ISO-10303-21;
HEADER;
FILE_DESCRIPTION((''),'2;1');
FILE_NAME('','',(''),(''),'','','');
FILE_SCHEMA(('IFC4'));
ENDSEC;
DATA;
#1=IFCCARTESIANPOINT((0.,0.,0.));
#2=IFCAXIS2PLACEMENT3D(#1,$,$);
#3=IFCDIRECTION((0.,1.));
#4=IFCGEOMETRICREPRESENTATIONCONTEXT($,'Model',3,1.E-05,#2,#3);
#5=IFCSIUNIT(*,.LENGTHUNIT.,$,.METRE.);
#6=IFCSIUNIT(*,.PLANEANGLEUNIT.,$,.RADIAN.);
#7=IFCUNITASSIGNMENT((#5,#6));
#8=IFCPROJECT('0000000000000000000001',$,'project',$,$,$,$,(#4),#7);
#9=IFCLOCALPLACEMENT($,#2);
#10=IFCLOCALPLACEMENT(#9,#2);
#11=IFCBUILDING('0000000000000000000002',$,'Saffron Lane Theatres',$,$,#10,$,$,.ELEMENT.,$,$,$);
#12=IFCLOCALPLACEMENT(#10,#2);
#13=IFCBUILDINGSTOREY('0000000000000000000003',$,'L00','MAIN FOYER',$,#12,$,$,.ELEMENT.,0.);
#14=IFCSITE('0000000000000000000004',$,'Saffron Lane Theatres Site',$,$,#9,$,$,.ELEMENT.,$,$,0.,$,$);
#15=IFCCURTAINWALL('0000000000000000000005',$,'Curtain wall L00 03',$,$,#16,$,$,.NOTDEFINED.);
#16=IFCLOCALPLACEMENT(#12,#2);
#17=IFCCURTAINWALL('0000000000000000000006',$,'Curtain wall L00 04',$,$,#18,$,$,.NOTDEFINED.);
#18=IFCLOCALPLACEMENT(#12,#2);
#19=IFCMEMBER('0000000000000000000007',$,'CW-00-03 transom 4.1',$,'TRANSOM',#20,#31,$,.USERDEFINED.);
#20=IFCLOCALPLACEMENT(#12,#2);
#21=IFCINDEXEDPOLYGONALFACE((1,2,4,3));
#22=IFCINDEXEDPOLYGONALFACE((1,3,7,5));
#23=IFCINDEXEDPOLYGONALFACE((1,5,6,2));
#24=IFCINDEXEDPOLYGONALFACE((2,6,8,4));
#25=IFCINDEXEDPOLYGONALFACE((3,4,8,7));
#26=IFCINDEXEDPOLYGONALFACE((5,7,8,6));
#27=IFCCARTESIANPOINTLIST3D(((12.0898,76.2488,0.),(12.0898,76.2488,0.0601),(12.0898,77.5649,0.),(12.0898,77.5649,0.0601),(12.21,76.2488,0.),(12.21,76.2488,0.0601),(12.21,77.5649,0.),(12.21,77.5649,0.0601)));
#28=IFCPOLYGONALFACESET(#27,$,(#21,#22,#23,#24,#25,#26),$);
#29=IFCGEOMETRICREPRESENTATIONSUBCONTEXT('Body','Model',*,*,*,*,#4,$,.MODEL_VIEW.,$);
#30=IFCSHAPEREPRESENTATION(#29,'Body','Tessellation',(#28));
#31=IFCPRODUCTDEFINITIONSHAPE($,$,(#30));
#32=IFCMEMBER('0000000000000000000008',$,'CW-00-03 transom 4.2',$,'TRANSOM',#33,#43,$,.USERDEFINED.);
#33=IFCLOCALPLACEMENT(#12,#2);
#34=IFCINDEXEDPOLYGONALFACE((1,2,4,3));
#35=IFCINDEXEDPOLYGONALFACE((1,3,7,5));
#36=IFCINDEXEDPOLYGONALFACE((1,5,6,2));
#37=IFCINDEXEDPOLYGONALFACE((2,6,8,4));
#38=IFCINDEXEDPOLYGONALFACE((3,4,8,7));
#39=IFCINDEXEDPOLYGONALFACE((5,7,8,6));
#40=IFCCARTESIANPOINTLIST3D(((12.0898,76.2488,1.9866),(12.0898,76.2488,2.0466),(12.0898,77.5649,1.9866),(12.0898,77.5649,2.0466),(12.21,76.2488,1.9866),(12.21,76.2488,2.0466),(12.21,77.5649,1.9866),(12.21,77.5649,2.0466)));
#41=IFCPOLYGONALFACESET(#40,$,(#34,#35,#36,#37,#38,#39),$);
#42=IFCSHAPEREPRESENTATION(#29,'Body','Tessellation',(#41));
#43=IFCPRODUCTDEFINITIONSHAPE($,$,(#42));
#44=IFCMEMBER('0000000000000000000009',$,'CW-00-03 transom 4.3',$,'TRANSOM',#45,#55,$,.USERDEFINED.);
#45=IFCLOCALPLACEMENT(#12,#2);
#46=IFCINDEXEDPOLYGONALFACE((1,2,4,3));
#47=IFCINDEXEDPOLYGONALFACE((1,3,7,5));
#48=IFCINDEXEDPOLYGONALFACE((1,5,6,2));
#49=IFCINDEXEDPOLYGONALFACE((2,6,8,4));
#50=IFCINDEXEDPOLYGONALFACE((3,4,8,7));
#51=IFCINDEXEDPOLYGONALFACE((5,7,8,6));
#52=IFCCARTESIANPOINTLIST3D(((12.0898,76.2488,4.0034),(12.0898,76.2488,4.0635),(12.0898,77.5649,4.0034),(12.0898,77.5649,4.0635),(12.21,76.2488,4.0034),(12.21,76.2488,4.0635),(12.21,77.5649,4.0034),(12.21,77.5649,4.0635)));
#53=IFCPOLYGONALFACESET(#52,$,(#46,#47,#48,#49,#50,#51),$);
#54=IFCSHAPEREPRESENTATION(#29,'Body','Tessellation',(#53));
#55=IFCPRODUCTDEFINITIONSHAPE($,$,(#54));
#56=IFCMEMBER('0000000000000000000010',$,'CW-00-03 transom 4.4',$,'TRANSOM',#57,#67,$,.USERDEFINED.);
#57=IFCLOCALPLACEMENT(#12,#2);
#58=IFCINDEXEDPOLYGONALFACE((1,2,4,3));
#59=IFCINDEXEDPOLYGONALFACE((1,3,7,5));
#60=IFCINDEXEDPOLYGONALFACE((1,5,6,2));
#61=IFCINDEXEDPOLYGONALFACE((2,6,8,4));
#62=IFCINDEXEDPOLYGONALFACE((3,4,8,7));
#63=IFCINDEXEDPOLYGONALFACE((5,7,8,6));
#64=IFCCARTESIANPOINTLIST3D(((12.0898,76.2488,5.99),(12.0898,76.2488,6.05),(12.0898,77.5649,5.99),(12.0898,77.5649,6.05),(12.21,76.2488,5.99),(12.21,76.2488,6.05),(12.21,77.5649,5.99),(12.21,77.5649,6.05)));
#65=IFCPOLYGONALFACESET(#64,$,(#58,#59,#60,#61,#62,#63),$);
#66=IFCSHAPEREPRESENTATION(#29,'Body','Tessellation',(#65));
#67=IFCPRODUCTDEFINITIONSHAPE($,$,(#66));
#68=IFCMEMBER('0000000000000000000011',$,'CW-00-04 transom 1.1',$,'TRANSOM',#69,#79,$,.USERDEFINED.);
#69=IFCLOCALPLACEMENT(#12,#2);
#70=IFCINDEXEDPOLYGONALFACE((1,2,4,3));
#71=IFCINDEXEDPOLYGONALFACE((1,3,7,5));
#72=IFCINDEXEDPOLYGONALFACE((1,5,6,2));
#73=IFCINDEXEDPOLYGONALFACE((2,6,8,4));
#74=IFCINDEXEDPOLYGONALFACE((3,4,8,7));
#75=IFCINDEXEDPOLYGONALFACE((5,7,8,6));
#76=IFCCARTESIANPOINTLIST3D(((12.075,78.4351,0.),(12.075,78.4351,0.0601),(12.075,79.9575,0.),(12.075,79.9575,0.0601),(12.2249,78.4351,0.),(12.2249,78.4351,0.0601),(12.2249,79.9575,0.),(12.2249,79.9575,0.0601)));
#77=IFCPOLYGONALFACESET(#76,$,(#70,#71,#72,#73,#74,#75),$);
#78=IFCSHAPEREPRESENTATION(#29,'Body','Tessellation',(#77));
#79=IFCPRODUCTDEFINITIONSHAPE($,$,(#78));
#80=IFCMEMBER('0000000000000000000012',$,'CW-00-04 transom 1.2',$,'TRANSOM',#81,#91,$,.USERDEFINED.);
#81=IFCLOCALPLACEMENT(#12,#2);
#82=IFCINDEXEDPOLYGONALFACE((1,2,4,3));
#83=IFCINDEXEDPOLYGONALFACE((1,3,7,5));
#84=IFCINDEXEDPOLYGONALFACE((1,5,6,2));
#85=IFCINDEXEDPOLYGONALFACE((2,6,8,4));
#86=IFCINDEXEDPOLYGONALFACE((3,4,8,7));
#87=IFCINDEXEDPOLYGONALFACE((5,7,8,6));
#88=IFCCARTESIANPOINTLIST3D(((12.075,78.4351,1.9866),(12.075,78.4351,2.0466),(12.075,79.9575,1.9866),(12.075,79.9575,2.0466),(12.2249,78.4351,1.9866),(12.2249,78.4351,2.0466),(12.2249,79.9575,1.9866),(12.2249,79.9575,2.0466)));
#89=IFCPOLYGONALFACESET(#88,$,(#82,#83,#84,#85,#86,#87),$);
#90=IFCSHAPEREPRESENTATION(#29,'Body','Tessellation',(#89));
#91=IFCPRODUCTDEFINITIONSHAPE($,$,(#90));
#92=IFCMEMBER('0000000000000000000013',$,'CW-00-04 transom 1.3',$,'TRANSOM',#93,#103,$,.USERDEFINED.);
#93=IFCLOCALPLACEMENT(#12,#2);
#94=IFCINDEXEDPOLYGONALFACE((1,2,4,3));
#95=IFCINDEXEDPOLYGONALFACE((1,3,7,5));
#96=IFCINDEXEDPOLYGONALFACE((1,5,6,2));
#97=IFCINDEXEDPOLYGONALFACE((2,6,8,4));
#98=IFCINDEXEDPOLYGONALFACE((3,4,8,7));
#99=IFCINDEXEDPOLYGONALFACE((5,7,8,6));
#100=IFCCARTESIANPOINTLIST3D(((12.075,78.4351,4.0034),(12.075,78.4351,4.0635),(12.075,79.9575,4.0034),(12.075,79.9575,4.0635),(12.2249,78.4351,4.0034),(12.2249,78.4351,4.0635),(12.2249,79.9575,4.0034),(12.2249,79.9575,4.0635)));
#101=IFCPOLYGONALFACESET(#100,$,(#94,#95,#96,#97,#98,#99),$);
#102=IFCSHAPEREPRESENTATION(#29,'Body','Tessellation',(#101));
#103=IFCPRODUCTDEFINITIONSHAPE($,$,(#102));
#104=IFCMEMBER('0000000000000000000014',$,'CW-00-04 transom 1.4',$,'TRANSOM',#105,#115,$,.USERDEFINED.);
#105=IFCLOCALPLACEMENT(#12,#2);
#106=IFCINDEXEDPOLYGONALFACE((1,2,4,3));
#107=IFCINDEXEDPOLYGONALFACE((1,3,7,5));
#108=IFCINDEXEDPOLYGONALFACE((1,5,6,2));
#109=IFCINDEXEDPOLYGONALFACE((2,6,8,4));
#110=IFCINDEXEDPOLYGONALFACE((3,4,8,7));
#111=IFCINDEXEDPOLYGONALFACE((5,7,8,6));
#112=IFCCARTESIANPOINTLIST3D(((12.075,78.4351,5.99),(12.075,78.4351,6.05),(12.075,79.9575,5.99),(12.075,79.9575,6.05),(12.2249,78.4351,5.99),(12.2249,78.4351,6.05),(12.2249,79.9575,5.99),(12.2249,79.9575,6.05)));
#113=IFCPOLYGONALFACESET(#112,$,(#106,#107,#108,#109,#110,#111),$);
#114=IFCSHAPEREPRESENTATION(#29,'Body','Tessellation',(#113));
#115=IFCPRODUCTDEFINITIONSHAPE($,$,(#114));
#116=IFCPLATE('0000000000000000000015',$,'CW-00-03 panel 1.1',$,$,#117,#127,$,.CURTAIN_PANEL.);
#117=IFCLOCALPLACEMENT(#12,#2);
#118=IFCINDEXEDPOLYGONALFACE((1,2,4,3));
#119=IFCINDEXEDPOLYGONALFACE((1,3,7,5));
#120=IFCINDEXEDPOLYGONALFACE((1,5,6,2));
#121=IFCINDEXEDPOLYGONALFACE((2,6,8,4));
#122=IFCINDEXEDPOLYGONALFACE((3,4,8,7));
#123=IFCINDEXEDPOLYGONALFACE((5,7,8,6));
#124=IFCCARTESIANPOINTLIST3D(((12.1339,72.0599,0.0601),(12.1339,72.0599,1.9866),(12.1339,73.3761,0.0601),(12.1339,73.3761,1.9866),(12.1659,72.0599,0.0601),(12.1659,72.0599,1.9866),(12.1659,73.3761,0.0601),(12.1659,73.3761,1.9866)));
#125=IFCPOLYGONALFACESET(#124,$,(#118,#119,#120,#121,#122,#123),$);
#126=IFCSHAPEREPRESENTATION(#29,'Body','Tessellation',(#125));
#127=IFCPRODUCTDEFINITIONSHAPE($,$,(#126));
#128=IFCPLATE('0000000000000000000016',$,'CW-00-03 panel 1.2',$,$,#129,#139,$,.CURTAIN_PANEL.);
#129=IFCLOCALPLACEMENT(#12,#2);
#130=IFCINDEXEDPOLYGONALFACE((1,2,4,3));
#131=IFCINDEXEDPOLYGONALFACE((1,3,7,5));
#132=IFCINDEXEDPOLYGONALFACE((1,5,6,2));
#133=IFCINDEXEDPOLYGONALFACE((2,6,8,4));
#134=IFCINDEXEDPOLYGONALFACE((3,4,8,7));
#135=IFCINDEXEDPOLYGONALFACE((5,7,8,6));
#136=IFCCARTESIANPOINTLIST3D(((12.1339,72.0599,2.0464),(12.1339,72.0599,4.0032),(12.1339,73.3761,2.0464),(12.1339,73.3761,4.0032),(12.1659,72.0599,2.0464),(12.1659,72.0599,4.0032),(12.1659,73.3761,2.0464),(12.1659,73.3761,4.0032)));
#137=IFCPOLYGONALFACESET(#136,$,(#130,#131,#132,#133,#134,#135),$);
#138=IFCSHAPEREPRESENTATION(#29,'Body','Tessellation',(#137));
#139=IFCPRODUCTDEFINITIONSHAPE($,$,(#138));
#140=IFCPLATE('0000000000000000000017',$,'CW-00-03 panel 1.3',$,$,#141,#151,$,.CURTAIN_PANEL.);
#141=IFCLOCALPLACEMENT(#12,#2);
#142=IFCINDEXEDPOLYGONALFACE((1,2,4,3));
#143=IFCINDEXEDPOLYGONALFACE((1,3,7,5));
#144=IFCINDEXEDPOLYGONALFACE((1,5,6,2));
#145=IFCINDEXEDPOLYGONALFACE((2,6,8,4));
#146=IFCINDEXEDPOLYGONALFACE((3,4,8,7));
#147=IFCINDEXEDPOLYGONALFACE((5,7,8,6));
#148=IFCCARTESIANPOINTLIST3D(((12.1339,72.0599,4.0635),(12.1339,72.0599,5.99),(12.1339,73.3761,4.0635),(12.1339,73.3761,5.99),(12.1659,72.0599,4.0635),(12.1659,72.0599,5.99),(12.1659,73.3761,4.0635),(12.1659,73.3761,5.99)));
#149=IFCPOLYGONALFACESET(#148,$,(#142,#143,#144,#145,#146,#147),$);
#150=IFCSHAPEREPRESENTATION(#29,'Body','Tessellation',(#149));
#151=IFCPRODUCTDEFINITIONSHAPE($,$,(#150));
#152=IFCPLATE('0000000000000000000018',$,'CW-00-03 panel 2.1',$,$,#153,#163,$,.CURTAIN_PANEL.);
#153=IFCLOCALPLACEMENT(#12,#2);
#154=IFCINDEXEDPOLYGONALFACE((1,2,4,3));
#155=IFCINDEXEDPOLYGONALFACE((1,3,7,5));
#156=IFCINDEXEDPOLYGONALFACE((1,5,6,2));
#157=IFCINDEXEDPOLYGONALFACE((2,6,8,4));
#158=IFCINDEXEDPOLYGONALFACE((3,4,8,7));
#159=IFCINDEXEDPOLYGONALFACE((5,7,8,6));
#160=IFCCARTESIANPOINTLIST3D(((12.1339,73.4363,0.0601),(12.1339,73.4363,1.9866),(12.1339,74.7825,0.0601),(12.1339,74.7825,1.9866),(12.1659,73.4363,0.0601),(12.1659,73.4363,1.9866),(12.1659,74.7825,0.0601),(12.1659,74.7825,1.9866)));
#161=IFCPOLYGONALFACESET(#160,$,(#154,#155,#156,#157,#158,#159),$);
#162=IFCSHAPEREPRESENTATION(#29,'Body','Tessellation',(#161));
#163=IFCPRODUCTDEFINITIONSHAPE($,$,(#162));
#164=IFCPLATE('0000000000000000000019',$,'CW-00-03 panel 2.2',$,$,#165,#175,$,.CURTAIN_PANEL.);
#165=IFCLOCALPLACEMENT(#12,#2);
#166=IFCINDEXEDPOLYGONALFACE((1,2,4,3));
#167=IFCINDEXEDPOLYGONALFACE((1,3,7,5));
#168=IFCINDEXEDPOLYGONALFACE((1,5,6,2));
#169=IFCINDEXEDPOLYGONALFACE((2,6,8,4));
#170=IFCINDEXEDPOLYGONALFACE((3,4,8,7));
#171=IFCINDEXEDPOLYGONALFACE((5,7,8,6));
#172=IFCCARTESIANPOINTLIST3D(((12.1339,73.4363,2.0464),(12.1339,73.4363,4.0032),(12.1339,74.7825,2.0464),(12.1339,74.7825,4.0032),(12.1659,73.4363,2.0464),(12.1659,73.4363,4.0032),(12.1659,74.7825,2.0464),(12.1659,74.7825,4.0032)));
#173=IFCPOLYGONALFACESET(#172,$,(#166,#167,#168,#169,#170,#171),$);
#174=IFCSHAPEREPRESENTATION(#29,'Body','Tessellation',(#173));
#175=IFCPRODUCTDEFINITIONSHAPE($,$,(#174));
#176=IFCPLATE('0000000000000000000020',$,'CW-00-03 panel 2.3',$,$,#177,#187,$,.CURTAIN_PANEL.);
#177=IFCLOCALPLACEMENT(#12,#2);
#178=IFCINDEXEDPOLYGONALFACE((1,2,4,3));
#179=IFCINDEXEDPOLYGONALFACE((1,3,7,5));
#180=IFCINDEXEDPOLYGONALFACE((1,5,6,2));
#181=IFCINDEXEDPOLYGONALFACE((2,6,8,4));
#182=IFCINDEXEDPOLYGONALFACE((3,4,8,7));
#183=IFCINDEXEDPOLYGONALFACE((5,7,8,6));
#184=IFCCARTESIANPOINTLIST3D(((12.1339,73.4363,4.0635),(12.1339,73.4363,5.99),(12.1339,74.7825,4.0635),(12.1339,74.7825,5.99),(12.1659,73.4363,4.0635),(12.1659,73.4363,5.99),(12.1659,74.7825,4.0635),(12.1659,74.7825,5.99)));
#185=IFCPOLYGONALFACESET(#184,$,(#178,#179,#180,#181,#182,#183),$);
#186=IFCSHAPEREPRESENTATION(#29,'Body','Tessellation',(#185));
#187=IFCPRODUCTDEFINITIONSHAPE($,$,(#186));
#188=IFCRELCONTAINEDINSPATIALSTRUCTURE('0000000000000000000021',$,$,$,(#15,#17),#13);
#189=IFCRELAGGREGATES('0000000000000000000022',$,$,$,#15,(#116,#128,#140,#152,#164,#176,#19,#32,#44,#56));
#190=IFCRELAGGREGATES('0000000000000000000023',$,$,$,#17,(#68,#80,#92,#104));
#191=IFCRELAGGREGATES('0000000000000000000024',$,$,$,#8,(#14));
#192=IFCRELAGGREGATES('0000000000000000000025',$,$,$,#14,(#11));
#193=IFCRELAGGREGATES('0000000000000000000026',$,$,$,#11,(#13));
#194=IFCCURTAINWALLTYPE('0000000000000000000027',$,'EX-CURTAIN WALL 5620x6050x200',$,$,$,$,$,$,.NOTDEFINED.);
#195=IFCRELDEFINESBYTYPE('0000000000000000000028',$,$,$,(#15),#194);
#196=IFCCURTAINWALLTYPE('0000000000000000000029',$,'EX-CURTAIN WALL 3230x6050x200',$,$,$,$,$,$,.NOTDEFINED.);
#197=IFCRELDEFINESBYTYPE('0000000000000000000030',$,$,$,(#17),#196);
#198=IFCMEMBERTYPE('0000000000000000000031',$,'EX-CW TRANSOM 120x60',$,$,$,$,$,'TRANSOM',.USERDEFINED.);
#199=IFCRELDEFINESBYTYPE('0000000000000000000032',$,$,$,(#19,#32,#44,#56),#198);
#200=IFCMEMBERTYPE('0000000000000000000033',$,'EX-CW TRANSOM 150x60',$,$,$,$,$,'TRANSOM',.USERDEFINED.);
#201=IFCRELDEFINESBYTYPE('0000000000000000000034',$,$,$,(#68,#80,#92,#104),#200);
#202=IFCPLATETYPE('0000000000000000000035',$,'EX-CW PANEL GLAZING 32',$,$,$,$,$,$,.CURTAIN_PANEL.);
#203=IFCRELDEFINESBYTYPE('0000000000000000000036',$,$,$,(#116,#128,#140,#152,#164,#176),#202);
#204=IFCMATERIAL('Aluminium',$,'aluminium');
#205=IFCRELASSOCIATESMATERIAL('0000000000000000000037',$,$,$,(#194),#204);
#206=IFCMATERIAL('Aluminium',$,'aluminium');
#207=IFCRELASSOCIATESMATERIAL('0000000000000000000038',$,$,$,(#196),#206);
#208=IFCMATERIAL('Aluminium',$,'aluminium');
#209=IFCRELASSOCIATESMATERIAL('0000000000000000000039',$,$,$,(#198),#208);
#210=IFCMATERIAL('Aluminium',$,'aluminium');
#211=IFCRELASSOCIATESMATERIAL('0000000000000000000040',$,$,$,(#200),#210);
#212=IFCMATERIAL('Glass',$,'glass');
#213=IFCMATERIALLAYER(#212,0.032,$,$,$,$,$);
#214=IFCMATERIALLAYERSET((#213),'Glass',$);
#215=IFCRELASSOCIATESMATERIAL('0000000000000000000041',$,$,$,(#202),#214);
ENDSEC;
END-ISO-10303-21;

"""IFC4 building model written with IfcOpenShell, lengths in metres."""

from ifc_helpers import new_model, si_unit, direction, frame, origin, origin_2d, place, context, subcontext, project, spatial, rectangle, extrude, material, layer, layer_set, material_profile, profile_set, type_object, element, aggregate, save


model = new_model("IFC4")

# Units and contexts
model_context = context("Model", 3, precision=1e-05, world=origin(), true_north=direction((0.0, 1.0)))
body_context = subcontext(model_context, "Body", "Model", "MODEL_VIEW")
ifc_project = project(units=[si_unit("LENGTHUNIT", "METRE"), si_unit("PLANEANGLEUNIT", "RADIAN")], contexts=[model_context])

# Site, building, storey
site_placement = place(None, origin())
site = spatial("IfcSite", under=ifc_project, at=site_placement, Name="Saffron Lane Theatres Site", CompositionType="ELEMENT", RefElevation=0.0)
building_placement = place(site_placement, origin())
building = spatial("IfcBuilding", under=site, at=building_placement, Name="Saffron Lane Theatres", CompositionType="ELEMENT")
storey_placement = place(building_placement, origin())
storey = spatial("IfcBuildingStorey", under=building, at=storey_placement, Name="L00", Description="MAIN FOYER", CompositionType="ELEMENT", Elevation=0.0)

# Curtain wall
ifc_material_1 = material(Name="Aluminium", Category="aluminium")
curtain_wall_type_1 = type_object("IfcCurtainWallType", Name="EX-CURTAIN WALL 5620x6050x200", PredefinedType="NOTDEFINED", material=ifc_material_1)
curtain_wall_1_placement = place(storey_placement, origin())
curtain_wall_1 = element("IfcCurtainWall", 1, at=curtain_wall_1_placement, inside=storey, type_object=curtain_wall_type_1, Name="Curtain wall L00 03", PredefinedType="NOTDEFINED")

# Curtain wall
ifc_material_2 = material(Name="Aluminium", Category="aluminium")
curtain_wall_type_2 = type_object("IfcCurtainWallType", Name="EX-CURTAIN WALL 3230x6050x200", PredefinedType="NOTDEFINED", material=ifc_material_2)
curtain_wall_2_placement = place(storey_placement, origin())
curtain_wall_2 = element("IfcCurtainWall", 2, at=curtain_wall_2_placement, inside=storey, type_object=curtain_wall_type_2, Name="Curtain wall L00 04", PredefinedType="NOTDEFINED")

# Members
ifc_material_3 = material(Name="Aluminium", Category="aluminium")
ifc_material_profile_1 = material_profile(ifc_material_3, rectangle(XDim=0.1201, YDim=0.0601, at=origin_2d()))
ifc_profile_set_1 = profile_set([ifc_material_profile_1], Name="Aluminium")
member_type_1 = type_object("IfcMemberType", Name="EX-CW TRANSOM 120x60", ElementType="TRANSOM", PredefinedType="USERDEFINED", material=ifc_profile_set_1)
member_1_placement = place(storey_placement, frame((12.1499, 76.2488, 0.03), z_axis=(0.0, 1.0, 0.0), x_axis=(-1.0, 0.0, 0.0)))
member_1 = element("IfcMember", 3, at=member_1_placement, type_object=member_type_1, Name="CW-00-03 transom 4.1", ObjectType="TRANSOM", PredefinedType="USERDEFINED", context=body_context, shape_type="SweptSolid", body=[
    extrude(rectangle(XDim=0.1201, YDim=0.0601, at=origin_2d()), origin(), (0.0, 0.0, 1.0), 1.3162),
])
member_2_placement = place(storey_placement, frame((12.1499, 76.2488, 2.0166), z_axis=(0.0, 1.0, 0.0), x_axis=(-1.0, 0.0, 0.0)))
member_2 = element("IfcMember", 4, at=member_2_placement, type_object=member_type_1, Name="CW-00-03 transom 4.2", ObjectType="TRANSOM", PredefinedType="USERDEFINED", context=body_context, shape_type="SweptSolid", body=[
    extrude(rectangle(XDim=0.1201, YDim=0.0601, at=origin_2d()), origin(), (0.0, 0.0, 1.0), 1.3162),
])
member_3_placement = place(storey_placement, frame((12.1499, 76.2488, 4.0334), z_axis=(0.0, 1.0, 0.0), x_axis=(-1.0, 0.0, 0.0)))
member_3 = element("IfcMember", 5, at=member_3_placement, type_object=member_type_1, Name="CW-00-03 transom 4.3", ObjectType="TRANSOM", PredefinedType="USERDEFINED", context=body_context, shape_type="SweptSolid", body=[
    extrude(rectangle(XDim=0.1201, YDim=0.0601, at=origin_2d()), origin(), (0.0, 0.0, 1.0), 1.3162),
])
member_4_placement = place(storey_placement, frame((12.1499, 76.2488, 6.02), z_axis=(0.0, 1.0, 0.0), x_axis=(-1.0, 0.0, 0.0)))
member_4 = element("IfcMember", 6, at=member_4_placement, type_object=member_type_1, Name="CW-00-03 transom 4.4", ObjectType="TRANSOM", PredefinedType="USERDEFINED", context=body_context, shape_type="SweptSolid", body=[
    extrude(rectangle(XDim=0.1201, YDim=0.0601, at=origin_2d()), origin(), (0.0, 0.0, 1.0), 1.3162),
])
ifc_material_4 = material(Name="Aluminium", Category="aluminium")
ifc_material_profile_2 = material_profile(ifc_material_4, rectangle(XDim=0.1499, YDim=0.0601, at=origin_2d()))
ifc_profile_set_2 = profile_set([ifc_material_profile_2], Name="Aluminium")
member_type_2 = type_object("IfcMemberType", Name="EX-CW TRANSOM 150x60", ElementType="TRANSOM", PredefinedType="USERDEFINED", material=ifc_profile_set_2)
member_5_placement = place(storey_placement, frame((12.1499, 78.4351, 0.03), z_axis=(0.0, 1.0, 0.0), x_axis=(-1.0, 0.0, 0.0)))
member_5 = element("IfcMember", 7, at=member_5_placement, type_object=member_type_2, Name="CW-00-04 transom 1.1", ObjectType="TRANSOM", PredefinedType="USERDEFINED", context=body_context, shape_type="SweptSolid", body=[
    extrude(rectangle(XDim=0.1499, YDim=0.0601, at=origin_2d()), origin(), (0.0, 0.0, 1.0), 1.5225),
])
member_6_placement = place(storey_placement, frame((12.1499, 78.4351, 2.0166), z_axis=(0.0, 1.0, 0.0), x_axis=(-1.0, 0.0, 0.0)))
member_6 = element("IfcMember", 8, at=member_6_placement, type_object=member_type_2, Name="CW-00-04 transom 1.2", ObjectType="TRANSOM", PredefinedType="USERDEFINED", context=body_context, shape_type="SweptSolid", body=[
    extrude(rectangle(XDim=0.1499, YDim=0.0601, at=origin_2d()), origin(), (0.0, 0.0, 1.0), 1.5225),
])
member_7_placement = place(storey_placement, frame((12.1499, 78.4351, 4.0334), z_axis=(0.0, 1.0, 0.0), x_axis=(-1.0, 0.0, 0.0)))
member_7 = element("IfcMember", 9, at=member_7_placement, type_object=member_type_2, Name="CW-00-04 transom 1.3", ObjectType="TRANSOM", PredefinedType="USERDEFINED", context=body_context, shape_type="SweptSolid", body=[
    extrude(rectangle(XDim=0.1499, YDim=0.0601, at=origin_2d()), origin(), (0.0, 0.0, 1.0), 1.5225),
])
member_8_placement = place(storey_placement, frame((12.1499, 78.4351, 6.02), z_axis=(0.0, 1.0, 0.0), x_axis=(-1.0, 0.0, 0.0)))
member_8 = element("IfcMember", 10, at=member_8_placement, type_object=member_type_2, Name="CW-00-04 transom 1.4", ObjectType="TRANSOM", PredefinedType="USERDEFINED", context=body_context, shape_type="SweptSolid", body=[
    extrude(rectangle(XDim=0.1499, YDim=0.0601, at=origin_2d()), origin(), (0.0, 0.0, 1.0), 1.5225),
])

# Plates
ifc_material_5 = material(Name="Glass", Category="glass")
ifc_layer = layer(ifc_material_5, 0.032)
ifc_layer_set = layer_set([ifc_layer], Name="Glass")
plate_type = type_object("IfcPlateType", Name="EX-CW PANEL GLAZING 32", PredefinedType="CURTAIN_PANEL", material=ifc_layer_set)
plate_1_placement = place(storey_placement, frame((12.1499, 72.718, 0.0601), z_axis=(0.0, 0.0, 1.0), x_axis=(0.0, 1.0, 0.0)))
plate_1 = element("IfcPlate", 11, at=plate_1_placement, type_object=plate_type, Name="CW-00-03 panel 1.1", PredefinedType="CURTAIN_PANEL", context=body_context, shape_type="SweptSolid", body=[
    extrude(rectangle(XDim=1.3162, YDim=0.032, at=origin_2d()), origin(), (0.0, 0.0, 1.0), 1.9265),
])
plate_2_placement = place(storey_placement, frame((12.1499, 72.718, 2.0464), z_axis=(0.0, 0.0, 1.0), x_axis=(0.0, 1.0, 0.0)))
plate_2 = element("IfcPlate", 12, at=plate_2_placement, type_object=plate_type, Name="CW-00-03 panel 1.2", PredefinedType="CURTAIN_PANEL", context=body_context, shape_type="SweptSolid", body=[
    extrude(rectangle(XDim=1.3162, YDim=0.032, at=origin_2d()), origin(), (0.0, 0.0, 1.0), 1.9568),
])
plate_3_placement = place(storey_placement, frame((12.1499, 72.718, 4.0635), z_axis=(0.0, 0.0, 1.0), x_axis=(0.0, 1.0, 0.0)))
plate_3 = element("IfcPlate", 13, at=plate_3_placement, type_object=plate_type, Name="CW-00-03 panel 1.3", PredefinedType="CURTAIN_PANEL", context=body_context, shape_type="SweptSolid", body=[
    extrude(rectangle(XDim=1.3162, YDim=0.032, at=origin_2d()), origin(), (0.0, 0.0, 1.0), 1.9265),
])
plate_4_placement = place(storey_placement, frame((12.1499, 74.1094, 0.0601), z_axis=(0.0, 0.0, 1.0), x_axis=(0.0, 1.0, 0.0)))
plate_4 = element("IfcPlate", 14, at=plate_4_placement, type_object=plate_type, Name="CW-00-03 panel 2.1", PredefinedType="CURTAIN_PANEL", context=body_context, shape_type="SweptSolid", body=[
    extrude(rectangle(XDim=1.3462, YDim=0.032, at=origin_2d()), origin(), (0.0, 0.0, 1.0), 1.9265),
])
plate_5_placement = place(storey_placement, frame((12.1499, 74.1094, 2.0464), z_axis=(0.0, 0.0, 1.0), x_axis=(0.0, 1.0, 0.0)))
plate_5 = element("IfcPlate", 15, at=plate_5_placement, type_object=plate_type, Name="CW-00-03 panel 2.2", PredefinedType="CURTAIN_PANEL", context=body_context, shape_type="SweptSolid", body=[
    extrude(rectangle(XDim=1.3462, YDim=0.032, at=origin_2d()), origin(), (0.0, 0.0, 1.0), 1.9568),
])
plate_6_placement = place(storey_placement, frame((12.1499, 74.1094, 4.0635), z_axis=(0.0, 0.0, 1.0), x_axis=(0.0, 1.0, 0.0)))
plate_6 = element("IfcPlate", 16, at=plate_6_placement, type_object=plate_type, Name="CW-00-03 panel 2.3", PredefinedType="CURTAIN_PANEL", context=body_context, shape_type="SweptSolid", body=[
    extrude(rectangle(XDim=1.3462, YDim=0.032, at=origin_2d()), origin(), (0.0, 0.0, 1.0), 1.9265),
])
aggregate(curtain_wall_1, [plate_1, plate_2, plate_3, plate_4, plate_5, plate_6, member_1, member_2, member_3, member_4])
aggregate(curtain_wall_2, [member_5, member_6, member_7, member_8])

save(model, "model.ifc")
